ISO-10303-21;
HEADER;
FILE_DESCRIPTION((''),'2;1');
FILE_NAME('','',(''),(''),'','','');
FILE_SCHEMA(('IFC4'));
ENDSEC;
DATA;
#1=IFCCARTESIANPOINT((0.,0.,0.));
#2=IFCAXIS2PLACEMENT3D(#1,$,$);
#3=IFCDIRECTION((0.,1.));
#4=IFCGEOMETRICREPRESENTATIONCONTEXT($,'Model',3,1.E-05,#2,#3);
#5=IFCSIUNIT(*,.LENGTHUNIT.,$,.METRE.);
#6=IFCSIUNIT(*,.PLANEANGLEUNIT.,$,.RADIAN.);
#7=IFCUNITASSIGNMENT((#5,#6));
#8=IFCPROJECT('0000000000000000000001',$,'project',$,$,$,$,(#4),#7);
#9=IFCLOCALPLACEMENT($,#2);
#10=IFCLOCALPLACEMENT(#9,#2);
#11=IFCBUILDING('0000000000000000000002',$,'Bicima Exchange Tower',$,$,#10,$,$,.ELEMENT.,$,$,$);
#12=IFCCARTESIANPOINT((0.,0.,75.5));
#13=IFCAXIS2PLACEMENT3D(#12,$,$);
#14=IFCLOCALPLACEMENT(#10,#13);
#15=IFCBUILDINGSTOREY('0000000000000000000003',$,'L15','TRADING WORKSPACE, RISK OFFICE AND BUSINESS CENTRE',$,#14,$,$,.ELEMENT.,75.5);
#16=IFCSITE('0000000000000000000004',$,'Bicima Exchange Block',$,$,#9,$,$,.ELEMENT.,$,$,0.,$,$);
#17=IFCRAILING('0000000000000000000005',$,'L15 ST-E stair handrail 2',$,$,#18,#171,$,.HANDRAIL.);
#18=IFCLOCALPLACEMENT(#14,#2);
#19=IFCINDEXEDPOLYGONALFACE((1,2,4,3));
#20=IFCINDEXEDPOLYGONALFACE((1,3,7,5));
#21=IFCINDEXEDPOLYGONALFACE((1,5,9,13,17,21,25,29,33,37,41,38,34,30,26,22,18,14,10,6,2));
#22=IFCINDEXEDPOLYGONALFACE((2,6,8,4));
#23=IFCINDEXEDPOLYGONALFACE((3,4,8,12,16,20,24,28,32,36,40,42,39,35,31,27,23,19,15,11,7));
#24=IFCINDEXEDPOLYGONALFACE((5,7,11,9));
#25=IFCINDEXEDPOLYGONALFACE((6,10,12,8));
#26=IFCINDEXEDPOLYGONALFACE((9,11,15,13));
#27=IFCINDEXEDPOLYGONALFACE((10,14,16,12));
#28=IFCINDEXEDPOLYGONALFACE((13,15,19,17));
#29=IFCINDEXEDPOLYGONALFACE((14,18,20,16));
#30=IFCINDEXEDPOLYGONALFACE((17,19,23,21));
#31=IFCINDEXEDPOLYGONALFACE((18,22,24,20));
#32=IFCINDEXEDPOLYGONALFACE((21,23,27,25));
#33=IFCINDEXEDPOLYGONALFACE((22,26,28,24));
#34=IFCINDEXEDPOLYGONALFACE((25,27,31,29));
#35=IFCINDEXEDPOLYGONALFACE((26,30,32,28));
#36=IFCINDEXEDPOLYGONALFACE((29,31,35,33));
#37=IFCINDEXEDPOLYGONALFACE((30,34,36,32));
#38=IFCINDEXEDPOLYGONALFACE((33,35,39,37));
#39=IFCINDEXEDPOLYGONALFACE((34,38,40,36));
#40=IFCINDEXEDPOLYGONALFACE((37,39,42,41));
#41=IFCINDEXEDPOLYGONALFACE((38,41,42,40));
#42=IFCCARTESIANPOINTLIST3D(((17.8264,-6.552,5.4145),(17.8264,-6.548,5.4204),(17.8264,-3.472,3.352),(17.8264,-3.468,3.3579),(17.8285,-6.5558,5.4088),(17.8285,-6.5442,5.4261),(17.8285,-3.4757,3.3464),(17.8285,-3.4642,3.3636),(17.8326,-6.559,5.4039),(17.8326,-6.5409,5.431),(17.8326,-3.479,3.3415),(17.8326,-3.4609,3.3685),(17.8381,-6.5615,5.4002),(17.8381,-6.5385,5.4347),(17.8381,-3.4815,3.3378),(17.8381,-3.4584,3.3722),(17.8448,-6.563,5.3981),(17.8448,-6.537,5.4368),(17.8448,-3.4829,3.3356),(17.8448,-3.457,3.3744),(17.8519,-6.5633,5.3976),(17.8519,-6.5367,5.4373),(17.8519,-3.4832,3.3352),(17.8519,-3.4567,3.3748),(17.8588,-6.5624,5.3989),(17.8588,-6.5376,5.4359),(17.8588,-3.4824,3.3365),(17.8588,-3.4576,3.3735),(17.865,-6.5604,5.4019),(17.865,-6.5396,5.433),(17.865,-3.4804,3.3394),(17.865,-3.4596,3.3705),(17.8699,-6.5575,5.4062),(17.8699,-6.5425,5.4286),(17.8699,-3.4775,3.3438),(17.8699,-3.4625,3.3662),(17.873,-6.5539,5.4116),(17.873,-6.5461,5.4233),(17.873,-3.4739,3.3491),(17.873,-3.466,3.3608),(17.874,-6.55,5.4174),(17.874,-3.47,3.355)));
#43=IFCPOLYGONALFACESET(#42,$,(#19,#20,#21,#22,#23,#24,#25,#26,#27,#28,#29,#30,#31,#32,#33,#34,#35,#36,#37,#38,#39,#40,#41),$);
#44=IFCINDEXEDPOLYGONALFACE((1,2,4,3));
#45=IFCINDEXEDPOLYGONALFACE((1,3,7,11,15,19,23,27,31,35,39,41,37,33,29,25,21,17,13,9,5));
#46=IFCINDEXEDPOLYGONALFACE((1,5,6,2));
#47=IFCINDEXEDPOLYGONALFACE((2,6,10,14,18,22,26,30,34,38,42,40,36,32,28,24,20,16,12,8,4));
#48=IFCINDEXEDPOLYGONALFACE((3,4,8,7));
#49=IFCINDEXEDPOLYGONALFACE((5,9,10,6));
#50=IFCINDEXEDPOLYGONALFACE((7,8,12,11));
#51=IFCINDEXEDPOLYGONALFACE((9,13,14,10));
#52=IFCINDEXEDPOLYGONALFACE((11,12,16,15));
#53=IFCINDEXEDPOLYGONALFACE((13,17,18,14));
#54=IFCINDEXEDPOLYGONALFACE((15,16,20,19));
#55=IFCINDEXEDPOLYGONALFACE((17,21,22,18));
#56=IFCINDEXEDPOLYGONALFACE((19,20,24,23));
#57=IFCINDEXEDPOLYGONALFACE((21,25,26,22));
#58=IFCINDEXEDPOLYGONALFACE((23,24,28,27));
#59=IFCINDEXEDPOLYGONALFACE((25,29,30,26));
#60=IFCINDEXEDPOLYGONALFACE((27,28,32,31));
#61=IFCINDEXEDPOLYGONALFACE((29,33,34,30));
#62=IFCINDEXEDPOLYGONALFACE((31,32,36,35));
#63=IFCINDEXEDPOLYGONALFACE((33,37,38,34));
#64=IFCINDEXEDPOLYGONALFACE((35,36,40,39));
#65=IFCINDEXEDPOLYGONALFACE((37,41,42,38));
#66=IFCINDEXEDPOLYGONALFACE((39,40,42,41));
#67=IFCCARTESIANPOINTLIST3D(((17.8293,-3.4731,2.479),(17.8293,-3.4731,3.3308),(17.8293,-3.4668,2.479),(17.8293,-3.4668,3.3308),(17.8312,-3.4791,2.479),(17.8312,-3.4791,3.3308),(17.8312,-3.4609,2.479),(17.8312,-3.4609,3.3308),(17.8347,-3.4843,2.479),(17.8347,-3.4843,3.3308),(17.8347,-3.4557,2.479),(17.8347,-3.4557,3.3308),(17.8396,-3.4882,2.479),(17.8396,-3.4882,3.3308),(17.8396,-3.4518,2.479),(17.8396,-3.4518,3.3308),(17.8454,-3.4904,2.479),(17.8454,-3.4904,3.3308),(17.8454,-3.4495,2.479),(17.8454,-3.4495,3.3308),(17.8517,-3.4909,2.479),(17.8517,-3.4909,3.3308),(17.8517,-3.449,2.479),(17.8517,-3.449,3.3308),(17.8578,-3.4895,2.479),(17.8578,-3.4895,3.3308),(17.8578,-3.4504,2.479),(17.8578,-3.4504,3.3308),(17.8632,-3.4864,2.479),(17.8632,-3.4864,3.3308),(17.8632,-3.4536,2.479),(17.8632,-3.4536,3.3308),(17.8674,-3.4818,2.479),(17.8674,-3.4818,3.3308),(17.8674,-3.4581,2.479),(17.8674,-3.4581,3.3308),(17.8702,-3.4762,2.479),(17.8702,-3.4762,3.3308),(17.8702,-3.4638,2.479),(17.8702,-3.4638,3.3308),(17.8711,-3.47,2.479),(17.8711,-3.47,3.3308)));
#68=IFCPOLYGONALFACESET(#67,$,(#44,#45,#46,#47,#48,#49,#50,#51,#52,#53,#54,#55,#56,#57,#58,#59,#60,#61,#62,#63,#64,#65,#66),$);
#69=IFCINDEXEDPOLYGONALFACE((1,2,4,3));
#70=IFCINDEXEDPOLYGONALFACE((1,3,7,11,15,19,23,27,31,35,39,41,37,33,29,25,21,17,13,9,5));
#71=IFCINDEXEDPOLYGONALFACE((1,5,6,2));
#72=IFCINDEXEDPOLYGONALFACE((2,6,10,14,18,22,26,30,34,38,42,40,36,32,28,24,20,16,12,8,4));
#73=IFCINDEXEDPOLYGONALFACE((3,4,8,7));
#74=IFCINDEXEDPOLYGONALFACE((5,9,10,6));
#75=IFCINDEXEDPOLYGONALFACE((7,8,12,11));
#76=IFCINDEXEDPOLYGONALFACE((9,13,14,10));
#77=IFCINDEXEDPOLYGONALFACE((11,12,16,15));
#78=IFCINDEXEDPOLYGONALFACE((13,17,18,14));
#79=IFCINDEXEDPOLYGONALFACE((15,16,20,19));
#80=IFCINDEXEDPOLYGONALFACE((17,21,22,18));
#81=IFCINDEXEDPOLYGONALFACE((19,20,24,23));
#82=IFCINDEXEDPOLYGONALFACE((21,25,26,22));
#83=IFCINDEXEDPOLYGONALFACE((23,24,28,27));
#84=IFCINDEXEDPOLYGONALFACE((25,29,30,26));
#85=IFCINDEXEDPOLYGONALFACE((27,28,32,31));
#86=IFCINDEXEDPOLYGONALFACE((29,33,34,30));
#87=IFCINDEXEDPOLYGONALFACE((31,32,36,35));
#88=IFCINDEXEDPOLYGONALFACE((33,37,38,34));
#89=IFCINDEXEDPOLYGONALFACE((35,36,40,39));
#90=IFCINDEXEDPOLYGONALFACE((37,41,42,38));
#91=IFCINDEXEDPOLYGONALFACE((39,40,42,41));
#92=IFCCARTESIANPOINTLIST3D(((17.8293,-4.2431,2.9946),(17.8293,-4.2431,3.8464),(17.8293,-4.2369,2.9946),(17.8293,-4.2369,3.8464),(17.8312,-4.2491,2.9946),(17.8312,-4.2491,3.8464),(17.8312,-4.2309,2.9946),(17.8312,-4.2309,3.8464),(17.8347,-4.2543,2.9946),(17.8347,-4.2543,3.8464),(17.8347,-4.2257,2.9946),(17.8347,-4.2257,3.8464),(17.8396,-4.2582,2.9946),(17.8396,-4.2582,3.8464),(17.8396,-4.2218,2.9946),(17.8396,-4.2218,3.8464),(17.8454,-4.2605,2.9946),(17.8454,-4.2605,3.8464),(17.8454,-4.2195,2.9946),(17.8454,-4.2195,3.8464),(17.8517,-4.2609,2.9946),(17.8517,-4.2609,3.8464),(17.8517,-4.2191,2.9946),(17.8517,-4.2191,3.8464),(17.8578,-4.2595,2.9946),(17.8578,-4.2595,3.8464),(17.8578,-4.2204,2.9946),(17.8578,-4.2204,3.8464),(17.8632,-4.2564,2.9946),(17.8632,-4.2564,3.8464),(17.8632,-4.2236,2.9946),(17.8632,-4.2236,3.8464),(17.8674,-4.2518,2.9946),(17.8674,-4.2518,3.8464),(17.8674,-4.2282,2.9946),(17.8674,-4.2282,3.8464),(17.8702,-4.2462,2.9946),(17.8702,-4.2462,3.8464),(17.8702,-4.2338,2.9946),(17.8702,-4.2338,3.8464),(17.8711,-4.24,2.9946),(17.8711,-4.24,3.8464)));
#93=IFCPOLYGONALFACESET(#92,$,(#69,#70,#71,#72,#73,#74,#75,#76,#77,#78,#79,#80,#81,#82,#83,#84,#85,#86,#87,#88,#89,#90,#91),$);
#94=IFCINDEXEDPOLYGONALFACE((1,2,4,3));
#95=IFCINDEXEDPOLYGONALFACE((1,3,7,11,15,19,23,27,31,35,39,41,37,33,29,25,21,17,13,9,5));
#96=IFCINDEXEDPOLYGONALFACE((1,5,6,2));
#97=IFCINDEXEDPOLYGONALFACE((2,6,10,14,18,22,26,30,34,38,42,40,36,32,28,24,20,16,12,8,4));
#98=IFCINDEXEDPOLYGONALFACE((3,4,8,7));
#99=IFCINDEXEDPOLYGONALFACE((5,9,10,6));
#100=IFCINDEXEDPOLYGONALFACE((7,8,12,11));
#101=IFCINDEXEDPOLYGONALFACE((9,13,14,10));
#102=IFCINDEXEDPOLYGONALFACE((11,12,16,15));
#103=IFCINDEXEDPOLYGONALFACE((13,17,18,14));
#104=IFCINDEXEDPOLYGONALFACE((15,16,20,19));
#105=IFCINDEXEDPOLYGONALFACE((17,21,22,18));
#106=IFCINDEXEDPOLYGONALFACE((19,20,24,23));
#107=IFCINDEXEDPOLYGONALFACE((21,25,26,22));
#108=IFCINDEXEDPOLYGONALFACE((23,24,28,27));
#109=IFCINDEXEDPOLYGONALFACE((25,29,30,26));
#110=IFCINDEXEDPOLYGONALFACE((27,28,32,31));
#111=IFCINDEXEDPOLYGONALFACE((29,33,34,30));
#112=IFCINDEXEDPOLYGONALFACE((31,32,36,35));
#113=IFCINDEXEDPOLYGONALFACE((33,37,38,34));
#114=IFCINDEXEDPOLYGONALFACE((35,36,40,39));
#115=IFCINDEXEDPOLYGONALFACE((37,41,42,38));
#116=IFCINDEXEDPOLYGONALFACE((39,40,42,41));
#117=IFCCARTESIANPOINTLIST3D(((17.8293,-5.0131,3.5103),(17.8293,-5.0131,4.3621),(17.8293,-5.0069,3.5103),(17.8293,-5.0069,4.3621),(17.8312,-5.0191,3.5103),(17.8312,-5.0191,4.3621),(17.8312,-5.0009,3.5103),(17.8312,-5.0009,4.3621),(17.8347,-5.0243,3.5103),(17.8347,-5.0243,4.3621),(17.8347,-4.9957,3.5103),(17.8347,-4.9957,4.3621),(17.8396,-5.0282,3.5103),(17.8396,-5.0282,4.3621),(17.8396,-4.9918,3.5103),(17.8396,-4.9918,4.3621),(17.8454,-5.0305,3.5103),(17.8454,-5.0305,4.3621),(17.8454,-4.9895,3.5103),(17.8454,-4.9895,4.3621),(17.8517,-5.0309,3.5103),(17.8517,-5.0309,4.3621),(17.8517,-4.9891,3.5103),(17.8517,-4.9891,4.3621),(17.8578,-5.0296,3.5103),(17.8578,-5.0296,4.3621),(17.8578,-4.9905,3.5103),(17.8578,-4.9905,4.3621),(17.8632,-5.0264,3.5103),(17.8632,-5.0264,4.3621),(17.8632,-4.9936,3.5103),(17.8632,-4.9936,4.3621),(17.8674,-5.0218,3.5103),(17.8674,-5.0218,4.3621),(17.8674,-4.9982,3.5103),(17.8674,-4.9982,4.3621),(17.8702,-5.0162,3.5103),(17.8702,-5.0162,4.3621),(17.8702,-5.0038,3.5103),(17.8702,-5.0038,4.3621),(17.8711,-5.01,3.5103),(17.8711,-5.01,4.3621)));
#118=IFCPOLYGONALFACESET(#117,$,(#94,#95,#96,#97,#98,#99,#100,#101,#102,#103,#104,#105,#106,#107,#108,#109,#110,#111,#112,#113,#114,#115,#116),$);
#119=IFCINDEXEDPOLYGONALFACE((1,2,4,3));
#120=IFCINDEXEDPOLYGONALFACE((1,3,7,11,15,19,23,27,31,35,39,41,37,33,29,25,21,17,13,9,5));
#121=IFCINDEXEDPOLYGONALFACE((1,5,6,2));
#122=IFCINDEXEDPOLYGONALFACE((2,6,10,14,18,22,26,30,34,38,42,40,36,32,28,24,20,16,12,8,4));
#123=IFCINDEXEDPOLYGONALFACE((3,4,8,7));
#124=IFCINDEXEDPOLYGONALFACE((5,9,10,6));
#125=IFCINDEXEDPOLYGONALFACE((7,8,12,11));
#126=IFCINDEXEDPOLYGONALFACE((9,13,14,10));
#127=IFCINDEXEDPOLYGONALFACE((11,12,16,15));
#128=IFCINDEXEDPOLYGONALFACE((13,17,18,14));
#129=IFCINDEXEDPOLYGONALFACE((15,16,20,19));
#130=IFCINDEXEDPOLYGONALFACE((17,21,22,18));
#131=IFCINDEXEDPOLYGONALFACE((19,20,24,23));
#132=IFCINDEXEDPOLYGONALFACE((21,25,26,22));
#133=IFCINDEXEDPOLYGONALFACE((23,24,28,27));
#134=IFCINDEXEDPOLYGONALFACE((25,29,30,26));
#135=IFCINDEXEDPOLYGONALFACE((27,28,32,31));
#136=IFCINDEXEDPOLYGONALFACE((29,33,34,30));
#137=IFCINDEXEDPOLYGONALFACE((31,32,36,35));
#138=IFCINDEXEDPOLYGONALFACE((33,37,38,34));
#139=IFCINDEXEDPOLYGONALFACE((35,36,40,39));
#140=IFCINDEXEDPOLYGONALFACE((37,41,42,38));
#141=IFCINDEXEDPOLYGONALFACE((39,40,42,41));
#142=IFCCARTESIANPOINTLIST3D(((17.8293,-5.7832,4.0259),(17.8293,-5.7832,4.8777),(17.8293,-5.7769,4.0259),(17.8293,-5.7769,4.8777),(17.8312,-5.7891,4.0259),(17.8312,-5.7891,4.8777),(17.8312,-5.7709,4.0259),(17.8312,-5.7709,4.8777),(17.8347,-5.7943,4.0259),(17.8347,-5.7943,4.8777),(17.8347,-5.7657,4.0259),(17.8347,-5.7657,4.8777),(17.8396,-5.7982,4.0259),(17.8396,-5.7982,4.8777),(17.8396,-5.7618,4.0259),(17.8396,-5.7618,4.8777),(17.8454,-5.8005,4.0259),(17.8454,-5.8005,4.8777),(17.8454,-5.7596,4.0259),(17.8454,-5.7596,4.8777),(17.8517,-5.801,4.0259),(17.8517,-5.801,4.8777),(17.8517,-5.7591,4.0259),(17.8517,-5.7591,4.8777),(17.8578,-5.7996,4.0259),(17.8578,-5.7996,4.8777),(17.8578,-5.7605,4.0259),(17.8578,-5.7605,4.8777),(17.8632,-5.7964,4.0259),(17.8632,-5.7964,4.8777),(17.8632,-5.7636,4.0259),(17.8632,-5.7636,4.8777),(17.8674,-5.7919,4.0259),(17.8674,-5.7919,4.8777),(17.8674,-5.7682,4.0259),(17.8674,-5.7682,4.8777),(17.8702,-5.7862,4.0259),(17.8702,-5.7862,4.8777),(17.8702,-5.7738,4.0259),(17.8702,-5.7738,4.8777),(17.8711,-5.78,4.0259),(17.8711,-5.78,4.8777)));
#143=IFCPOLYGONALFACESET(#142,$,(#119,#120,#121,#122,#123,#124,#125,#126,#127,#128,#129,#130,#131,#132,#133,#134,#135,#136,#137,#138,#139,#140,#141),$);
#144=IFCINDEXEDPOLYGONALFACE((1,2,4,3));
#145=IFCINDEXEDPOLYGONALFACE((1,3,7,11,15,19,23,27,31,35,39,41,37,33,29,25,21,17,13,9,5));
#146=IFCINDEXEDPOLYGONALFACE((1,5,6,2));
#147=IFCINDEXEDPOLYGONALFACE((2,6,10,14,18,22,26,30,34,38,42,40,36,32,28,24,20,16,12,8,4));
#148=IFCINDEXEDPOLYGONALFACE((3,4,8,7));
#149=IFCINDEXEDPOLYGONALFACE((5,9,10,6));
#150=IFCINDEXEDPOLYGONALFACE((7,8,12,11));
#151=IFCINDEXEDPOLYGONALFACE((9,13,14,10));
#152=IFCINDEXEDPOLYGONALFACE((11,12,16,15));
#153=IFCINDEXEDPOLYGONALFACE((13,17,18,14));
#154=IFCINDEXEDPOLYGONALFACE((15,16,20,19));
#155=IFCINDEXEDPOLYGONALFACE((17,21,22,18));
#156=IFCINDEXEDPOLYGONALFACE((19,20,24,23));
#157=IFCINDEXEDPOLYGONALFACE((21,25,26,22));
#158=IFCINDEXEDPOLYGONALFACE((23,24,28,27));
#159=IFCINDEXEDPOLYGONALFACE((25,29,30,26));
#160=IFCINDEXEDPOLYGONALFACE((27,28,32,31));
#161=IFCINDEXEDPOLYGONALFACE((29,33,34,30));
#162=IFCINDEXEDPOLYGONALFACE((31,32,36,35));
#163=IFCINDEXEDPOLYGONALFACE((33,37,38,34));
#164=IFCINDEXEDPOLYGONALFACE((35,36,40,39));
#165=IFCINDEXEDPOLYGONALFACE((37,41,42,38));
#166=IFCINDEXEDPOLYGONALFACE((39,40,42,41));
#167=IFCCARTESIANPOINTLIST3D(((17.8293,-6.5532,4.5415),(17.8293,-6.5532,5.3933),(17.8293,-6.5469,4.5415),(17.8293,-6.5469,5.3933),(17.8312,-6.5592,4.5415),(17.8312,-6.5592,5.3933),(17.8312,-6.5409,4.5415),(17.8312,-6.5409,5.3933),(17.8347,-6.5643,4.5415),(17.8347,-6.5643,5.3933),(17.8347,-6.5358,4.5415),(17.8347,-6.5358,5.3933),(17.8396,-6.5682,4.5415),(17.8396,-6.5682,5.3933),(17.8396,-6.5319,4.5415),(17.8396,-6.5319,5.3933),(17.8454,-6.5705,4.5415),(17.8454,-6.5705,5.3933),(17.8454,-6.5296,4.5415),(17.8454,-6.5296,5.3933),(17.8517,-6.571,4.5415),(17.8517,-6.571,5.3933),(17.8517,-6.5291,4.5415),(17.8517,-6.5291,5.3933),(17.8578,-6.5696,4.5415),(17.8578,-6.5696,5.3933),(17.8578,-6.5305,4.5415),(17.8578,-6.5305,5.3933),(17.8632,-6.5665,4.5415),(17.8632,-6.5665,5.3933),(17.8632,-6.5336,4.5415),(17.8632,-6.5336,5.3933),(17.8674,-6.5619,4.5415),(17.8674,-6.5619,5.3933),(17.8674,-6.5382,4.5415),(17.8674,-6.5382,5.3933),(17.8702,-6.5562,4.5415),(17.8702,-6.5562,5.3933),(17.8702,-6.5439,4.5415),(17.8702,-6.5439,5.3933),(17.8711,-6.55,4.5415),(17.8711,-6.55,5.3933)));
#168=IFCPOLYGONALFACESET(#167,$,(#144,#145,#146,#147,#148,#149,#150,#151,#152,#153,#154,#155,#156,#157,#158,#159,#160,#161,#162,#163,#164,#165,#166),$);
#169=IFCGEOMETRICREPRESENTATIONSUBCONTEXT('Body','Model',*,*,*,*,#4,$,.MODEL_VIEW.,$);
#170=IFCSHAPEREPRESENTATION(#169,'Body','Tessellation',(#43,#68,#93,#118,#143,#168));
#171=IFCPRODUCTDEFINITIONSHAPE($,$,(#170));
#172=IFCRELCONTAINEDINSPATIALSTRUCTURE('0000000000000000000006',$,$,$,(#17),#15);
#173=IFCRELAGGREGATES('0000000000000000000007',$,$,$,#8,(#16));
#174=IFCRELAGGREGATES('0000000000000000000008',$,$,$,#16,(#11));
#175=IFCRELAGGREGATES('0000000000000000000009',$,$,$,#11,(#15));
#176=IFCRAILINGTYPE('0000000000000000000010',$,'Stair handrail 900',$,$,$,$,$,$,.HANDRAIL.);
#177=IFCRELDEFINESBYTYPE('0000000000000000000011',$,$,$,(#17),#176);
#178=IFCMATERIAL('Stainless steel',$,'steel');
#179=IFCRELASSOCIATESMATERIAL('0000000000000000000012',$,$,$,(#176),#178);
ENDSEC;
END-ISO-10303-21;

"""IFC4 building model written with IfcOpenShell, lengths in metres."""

from ifc_helpers import new_model, si_unit, direction, frame, origin, origin_2d, place, context, subcontext, project, spatial, circle, extrude, material, type_object, element, save


model = new_model("IFC4")

# Units and contexts
model_context = context("Model", 3, precision=1e-05, world=origin(), true_north=direction((0.0, 1.0)))
body_context = subcontext(model_context, "Body", "Model", "MODEL_VIEW")
ifc_project = project(units=[si_unit("LENGTHUNIT", "METRE"), si_unit("PLANEANGLEUNIT", "RADIAN")], contexts=[model_context])

# Site, building, storey
site_placement = place(None, origin())
site = spatial("IfcSite", under=ifc_project, at=site_placement, Name="Bicima Exchange Block", CompositionType="ELEMENT", RefElevation=0.0)
building_placement = place(site_placement, origin())
building = spatial("IfcBuilding", under=site, at=building_placement, Name="Bicima Exchange Tower", CompositionType="ELEMENT")
storey_placement = place(building_placement, frame((0.0, 0.0, 75.5)))
storey = spatial("IfcBuildingStorey", under=building, at=storey_placement, Name="L15", Description="TRADING WORKSPACE, RISK OFFICE AND BUSINESS CENTRE", CompositionType="ELEMENT", Elevation=75.5)

# Railing
ifc_material_1 = material(Name="Stainless steel", Category="steel")
railing_type = type_object("IfcRailingType", Name="Stair handrail 900", PredefinedType="HANDRAIL", material=ifc_material_1)
railing_placement = place(storey_placement, frame((17.8501, -3.47, 2.479)))
element("IfcRailing", 1, at=railing_placement, inside=storey, type_object=railing_type, Name="L15 ST-E stair handrail 2", PredefinedType="HANDRAIL", context=body_context, shape_type="SweptSolid", body=[
    extrude(circle(Radius=0.0239, at=origin_2d()), frame((0.0, 0.0, 0.876), z_axis=(0.0, -0.830914, 0.556401), x_axis=(1.0, 0.0, 0.0)), (0.0, 0.0, 1.0), 3.7068),
    extrude(circle(Radius=0.021, at=origin_2d()), origin(), (0.0, 0.0, 1.0), 0.8518),
    extrude(circle(Radius=0.021, at=origin_2d()), frame((0.0, -0.77, 0.5156)), (0.0, 0.0, 1.0), 0.8518),
    extrude(circle(Radius=0.021, at=origin_2d()), frame((0.0, -1.54, 1.0312)), (0.0, 0.0, 1.0), 0.8518),
    extrude(circle(Radius=0.021, at=origin_2d()), frame((0.0, -2.3101, 1.5469)), (0.0, 0.0, 1.0), 0.8518),
    extrude(circle(Radius=0.021, at=origin_2d()), frame((0.0, -3.0801, 2.0625)), (0.0, 0.0, 1.0), 0.8518),
])

save(model, "model.ifc")
